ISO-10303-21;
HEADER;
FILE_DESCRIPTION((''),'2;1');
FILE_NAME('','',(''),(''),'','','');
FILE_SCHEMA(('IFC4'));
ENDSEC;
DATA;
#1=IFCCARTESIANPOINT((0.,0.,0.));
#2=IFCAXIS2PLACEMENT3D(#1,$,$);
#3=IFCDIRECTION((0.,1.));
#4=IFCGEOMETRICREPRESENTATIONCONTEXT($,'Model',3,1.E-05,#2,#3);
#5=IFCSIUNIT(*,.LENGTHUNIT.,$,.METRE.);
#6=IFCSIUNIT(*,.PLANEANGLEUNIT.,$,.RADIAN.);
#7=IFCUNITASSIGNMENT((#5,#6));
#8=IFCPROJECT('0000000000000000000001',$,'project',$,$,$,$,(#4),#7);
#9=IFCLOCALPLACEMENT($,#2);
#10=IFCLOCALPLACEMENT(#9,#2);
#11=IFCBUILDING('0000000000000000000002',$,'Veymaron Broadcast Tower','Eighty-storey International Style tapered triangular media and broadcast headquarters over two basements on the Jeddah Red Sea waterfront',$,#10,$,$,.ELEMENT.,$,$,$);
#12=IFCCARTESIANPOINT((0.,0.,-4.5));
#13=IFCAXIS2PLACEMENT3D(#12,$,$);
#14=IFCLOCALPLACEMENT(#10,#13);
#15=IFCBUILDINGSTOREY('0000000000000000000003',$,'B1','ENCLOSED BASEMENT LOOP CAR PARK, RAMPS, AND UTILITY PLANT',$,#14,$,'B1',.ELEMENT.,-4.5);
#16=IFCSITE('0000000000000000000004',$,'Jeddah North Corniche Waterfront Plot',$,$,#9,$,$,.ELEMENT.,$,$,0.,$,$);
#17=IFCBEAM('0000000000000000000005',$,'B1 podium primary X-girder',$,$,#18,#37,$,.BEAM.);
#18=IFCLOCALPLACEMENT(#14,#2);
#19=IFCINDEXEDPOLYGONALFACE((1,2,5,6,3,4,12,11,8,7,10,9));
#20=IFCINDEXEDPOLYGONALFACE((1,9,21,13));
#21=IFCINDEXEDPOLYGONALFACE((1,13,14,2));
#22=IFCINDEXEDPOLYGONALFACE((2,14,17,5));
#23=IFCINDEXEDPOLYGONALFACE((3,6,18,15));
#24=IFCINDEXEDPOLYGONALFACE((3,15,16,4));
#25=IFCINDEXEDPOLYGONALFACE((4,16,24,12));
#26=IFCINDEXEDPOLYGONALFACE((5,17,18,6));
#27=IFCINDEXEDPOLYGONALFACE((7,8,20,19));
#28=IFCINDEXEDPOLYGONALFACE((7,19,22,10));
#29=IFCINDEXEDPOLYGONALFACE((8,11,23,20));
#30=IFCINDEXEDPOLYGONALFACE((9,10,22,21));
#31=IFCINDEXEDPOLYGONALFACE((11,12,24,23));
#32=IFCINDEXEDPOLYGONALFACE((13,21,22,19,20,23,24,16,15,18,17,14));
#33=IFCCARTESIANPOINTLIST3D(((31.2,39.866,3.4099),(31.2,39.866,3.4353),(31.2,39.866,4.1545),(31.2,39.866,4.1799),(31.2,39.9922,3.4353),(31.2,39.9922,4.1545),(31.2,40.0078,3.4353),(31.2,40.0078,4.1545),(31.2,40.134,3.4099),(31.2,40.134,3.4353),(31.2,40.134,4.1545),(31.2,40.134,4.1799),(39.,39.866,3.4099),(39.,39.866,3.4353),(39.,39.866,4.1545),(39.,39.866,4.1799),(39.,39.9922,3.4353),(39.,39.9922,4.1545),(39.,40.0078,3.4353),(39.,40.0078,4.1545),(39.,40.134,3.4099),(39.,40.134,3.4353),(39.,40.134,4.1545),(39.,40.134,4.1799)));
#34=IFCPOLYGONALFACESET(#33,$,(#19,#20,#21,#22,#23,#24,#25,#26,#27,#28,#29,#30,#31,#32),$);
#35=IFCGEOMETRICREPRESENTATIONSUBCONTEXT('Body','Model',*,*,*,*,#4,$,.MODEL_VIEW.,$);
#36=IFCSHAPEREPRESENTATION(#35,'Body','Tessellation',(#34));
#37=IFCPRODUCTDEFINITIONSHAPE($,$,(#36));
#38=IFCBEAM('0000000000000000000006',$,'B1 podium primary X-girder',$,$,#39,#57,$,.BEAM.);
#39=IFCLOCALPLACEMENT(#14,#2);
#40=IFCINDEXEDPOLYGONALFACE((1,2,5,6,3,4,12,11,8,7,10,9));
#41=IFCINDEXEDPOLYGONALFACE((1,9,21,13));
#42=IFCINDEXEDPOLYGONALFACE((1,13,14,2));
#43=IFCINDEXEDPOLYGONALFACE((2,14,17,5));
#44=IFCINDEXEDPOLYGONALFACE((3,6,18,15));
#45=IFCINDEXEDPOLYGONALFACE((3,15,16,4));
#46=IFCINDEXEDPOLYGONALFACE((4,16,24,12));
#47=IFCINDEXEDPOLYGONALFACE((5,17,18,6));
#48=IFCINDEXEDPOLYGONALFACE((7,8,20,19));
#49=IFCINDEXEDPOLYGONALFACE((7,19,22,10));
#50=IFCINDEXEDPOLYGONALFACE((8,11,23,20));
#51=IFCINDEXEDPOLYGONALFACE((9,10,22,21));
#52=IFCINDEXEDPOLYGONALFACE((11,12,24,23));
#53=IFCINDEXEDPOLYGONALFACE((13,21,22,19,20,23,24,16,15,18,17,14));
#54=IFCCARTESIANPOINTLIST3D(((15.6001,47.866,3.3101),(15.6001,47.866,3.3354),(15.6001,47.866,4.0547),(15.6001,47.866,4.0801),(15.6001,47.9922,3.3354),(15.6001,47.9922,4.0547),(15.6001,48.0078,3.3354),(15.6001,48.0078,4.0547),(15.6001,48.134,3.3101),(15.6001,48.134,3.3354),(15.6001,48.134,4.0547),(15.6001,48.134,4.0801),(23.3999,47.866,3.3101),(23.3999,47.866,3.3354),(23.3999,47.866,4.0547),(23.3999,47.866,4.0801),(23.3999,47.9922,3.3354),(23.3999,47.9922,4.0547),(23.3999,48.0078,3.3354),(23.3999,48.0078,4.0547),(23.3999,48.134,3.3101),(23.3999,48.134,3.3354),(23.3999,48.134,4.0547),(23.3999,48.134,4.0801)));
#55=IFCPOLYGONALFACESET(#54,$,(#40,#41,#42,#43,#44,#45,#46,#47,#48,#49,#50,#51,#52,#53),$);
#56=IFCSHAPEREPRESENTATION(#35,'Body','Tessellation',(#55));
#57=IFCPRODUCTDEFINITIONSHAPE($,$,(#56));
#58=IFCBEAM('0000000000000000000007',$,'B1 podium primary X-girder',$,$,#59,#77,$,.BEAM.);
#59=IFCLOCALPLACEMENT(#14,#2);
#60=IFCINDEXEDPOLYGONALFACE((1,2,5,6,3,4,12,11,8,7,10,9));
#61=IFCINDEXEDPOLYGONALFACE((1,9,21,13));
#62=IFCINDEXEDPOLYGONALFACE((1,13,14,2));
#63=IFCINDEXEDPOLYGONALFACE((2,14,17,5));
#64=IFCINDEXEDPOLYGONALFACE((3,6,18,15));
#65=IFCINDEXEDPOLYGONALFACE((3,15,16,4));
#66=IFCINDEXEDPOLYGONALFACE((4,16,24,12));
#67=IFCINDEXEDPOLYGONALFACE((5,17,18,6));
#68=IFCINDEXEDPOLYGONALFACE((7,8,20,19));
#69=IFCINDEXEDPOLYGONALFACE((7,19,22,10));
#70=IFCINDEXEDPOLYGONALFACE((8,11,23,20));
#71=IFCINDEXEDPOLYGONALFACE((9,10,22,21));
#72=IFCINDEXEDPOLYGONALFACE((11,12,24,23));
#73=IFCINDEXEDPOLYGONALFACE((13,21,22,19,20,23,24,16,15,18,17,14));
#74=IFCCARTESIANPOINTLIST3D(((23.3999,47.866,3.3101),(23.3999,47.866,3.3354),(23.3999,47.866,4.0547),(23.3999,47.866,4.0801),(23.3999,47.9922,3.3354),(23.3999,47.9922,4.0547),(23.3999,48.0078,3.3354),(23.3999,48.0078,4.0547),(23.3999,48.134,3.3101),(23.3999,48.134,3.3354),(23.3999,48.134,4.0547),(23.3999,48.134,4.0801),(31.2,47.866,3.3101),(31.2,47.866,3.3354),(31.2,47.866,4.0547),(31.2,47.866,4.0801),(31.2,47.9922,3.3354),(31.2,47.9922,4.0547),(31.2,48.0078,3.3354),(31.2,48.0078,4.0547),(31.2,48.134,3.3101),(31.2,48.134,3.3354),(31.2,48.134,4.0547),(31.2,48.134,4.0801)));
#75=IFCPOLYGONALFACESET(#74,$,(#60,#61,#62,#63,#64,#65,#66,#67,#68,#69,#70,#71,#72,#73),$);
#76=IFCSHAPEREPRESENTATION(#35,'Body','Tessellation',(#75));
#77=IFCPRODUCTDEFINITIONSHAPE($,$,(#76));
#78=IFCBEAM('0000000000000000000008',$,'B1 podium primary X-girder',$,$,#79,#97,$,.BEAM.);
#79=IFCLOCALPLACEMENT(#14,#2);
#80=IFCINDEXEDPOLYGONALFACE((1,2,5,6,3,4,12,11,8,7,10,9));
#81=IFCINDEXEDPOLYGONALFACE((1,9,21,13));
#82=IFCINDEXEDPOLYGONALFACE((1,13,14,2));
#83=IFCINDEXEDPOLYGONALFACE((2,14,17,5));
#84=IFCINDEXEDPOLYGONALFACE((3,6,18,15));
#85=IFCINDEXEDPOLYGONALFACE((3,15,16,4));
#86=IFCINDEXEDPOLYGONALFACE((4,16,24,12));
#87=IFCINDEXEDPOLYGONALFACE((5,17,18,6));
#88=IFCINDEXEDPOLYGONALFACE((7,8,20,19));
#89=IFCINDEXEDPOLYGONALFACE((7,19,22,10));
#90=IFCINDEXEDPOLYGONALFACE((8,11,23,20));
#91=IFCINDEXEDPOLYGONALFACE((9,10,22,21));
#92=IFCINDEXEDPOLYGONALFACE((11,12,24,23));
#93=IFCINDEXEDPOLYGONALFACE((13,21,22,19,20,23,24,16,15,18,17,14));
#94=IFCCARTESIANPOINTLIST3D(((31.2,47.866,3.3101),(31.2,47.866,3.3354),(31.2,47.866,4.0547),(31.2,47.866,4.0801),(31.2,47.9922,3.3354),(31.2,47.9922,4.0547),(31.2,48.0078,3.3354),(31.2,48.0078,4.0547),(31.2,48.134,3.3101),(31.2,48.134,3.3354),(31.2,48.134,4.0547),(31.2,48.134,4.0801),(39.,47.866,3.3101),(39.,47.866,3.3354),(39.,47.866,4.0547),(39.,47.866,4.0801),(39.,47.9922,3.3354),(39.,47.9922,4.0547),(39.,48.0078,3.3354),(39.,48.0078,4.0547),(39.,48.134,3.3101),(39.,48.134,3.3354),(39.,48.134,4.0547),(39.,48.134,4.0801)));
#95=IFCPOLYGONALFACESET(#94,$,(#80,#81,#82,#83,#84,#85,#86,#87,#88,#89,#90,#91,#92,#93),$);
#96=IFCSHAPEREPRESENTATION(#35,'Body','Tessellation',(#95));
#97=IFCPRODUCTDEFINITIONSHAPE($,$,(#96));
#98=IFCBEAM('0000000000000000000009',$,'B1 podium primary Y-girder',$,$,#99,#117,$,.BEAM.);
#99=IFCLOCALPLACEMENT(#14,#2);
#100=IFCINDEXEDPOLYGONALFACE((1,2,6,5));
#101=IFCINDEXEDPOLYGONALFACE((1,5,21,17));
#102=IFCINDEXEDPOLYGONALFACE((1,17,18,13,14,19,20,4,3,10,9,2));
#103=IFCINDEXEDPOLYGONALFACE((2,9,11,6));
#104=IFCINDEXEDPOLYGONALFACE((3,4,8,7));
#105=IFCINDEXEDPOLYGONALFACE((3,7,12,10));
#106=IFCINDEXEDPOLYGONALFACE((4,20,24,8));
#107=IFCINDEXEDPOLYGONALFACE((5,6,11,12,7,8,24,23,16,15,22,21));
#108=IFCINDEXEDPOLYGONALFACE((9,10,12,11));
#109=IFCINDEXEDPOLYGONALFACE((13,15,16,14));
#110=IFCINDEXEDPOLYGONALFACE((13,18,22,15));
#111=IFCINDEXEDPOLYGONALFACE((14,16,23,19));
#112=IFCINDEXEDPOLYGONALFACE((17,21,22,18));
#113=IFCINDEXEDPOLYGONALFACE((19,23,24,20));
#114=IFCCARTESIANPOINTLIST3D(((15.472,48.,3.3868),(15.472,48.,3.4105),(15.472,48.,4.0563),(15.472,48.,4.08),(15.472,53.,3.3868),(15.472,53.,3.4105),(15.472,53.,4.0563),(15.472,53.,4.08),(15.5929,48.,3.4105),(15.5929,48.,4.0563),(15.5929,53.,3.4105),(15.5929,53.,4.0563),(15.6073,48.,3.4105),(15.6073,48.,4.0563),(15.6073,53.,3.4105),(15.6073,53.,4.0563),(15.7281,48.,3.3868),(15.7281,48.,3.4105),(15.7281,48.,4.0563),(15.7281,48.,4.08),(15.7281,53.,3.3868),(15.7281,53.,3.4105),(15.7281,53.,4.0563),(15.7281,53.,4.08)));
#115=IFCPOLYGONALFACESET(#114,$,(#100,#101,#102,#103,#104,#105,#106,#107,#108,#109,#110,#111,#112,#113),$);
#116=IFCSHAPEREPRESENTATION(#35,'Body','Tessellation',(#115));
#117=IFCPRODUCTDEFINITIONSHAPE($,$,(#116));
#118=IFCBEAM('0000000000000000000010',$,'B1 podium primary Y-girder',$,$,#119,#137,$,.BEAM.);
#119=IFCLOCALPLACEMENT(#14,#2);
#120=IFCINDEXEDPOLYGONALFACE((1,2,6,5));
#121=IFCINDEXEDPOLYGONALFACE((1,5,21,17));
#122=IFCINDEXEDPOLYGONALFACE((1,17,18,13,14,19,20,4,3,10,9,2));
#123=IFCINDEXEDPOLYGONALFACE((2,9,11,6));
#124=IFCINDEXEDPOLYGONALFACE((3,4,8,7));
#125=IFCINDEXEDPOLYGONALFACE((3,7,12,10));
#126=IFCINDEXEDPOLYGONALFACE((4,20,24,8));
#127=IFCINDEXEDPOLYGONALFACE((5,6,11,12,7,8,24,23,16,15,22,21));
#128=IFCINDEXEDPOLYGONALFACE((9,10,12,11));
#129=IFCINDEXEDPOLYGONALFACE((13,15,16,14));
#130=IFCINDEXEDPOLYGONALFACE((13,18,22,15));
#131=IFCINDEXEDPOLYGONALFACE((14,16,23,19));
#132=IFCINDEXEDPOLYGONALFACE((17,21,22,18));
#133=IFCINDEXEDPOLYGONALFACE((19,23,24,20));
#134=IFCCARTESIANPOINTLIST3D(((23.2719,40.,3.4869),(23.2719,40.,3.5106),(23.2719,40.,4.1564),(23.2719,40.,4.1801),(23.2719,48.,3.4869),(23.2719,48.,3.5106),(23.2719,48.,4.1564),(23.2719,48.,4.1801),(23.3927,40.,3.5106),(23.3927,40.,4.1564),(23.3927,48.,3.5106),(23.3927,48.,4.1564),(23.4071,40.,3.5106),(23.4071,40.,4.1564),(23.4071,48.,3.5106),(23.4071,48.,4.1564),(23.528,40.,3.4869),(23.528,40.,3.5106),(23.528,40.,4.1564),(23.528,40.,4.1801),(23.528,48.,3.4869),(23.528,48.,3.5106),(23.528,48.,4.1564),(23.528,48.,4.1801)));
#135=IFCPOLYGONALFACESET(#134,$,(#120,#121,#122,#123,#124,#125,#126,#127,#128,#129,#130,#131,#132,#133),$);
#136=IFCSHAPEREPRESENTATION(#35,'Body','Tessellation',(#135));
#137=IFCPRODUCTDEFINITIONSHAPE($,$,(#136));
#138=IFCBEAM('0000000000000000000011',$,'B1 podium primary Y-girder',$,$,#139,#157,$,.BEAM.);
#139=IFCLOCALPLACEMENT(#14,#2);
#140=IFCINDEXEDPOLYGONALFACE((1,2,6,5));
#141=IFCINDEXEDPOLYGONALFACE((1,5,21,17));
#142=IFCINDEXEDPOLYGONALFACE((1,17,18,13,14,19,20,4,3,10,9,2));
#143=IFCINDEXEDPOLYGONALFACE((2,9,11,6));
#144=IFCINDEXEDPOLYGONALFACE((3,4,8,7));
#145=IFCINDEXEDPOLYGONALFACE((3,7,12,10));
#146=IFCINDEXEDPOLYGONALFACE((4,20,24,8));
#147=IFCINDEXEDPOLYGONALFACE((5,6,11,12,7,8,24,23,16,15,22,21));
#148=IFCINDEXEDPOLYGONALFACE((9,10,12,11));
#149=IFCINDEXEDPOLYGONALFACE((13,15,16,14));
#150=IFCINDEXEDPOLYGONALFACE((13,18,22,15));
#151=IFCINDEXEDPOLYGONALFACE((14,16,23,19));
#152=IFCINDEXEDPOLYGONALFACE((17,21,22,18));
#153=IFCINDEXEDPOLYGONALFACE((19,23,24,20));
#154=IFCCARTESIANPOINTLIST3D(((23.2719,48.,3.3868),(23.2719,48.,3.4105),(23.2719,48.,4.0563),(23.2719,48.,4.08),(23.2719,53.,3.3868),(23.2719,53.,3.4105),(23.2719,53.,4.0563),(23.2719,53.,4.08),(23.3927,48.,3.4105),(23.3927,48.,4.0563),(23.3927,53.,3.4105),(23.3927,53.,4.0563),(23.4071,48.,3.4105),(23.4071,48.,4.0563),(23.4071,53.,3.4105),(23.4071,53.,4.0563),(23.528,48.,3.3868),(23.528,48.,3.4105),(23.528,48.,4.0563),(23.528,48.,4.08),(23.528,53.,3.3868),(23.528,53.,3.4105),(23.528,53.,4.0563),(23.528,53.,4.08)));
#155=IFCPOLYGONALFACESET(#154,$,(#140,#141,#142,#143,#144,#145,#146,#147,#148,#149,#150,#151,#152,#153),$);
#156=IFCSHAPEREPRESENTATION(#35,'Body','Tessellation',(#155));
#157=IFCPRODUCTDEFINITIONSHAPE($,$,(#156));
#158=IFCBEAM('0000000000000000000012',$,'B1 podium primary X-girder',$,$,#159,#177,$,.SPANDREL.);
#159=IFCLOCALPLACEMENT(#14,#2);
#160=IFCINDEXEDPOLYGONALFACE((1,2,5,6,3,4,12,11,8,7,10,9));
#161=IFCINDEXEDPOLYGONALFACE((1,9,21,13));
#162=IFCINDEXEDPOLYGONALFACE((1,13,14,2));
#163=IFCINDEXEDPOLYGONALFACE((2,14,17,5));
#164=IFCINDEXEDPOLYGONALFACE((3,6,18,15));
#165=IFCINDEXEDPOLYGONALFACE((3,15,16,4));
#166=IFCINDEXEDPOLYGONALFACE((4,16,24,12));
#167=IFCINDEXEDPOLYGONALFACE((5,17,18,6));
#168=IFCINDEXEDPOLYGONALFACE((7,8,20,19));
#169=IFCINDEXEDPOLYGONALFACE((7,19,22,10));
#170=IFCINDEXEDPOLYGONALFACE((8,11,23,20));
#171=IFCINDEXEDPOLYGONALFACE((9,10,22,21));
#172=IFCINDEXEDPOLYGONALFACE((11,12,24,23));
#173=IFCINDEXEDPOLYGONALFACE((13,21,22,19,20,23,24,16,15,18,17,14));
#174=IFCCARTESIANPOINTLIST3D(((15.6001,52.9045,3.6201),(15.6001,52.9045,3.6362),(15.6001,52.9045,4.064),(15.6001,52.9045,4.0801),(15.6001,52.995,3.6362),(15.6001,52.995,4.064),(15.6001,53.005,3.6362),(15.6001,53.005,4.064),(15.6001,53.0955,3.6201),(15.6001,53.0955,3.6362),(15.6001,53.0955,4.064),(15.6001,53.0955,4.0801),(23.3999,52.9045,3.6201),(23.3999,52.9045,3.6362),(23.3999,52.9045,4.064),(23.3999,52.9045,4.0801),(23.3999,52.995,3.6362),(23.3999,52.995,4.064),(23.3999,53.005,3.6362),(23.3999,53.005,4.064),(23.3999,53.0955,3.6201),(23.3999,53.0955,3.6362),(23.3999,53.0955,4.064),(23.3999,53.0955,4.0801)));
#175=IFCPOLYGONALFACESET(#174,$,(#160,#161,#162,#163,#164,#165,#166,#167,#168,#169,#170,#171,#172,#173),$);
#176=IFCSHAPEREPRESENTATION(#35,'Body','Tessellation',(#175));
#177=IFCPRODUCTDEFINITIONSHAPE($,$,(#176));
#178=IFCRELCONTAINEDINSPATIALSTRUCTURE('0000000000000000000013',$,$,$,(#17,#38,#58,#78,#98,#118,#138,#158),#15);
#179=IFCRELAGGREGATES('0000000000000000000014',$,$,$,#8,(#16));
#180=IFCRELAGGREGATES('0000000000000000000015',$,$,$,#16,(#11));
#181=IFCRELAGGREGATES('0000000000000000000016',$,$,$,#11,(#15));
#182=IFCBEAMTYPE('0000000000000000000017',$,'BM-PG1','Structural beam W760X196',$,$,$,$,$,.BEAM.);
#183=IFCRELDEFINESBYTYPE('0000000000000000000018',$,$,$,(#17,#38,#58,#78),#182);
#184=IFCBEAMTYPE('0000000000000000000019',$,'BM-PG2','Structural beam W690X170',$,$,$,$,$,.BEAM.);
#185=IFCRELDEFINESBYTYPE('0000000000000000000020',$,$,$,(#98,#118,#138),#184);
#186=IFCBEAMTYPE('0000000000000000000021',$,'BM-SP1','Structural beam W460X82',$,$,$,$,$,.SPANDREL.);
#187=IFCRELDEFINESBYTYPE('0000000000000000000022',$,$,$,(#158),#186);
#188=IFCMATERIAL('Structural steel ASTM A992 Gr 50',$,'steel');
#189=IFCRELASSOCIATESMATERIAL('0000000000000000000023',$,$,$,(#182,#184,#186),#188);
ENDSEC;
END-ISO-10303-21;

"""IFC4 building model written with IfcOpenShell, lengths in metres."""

from ifc_helpers import new_model, si_unit, direction, frame, origin, origin_2d, place, context, subcontext, project, spatial, i_section, extrude, material, material_profile, profile_set, type_object, element, save


model = new_model("IFC4")

# Units and contexts
model_context = context("Model", 3, precision=1e-05, world=origin(), true_north=direction((0.0, 1.0)))
body_context = subcontext(model_context, "Body", "Model", "MODEL_VIEW")
ifc_project = project(units=[si_unit("LENGTHUNIT", "METRE"), si_unit("PLANEANGLEUNIT", "RADIAN")], contexts=[model_context])

# Site, building, storey
site_placement = place(None, origin())
site = spatial("IfcSite", under=ifc_project, at=site_placement, Name="Jeddah North Corniche Waterfront Plot", CompositionType="ELEMENT", RefElevation=0.0)
building_placement = place(site_placement, origin())
building = spatial("IfcBuilding", under=site, at=building_placement, Name="Veymaron Broadcast Tower", Description="Eighty-storey International Style tapered triangular media and broadcast headquarters over two basements on the Jeddah Red Sea waterfront", CompositionType="ELEMENT")
storey_placement = place(building_placement, frame((0.0, 0.0, -4.5)))
storey = spatial("IfcBuildingStorey", under=building, at=storey_placement, Name="B1", Description="ENCLOSED BASEMENT LOOP CAR PARK, RAMPS, AND UTILITY PLANT", LongName="B1", CompositionType="ELEMENT", Elevation=-4.5)

# Beams
ifc_material_1 = material(Name="Structural steel ASTM A992 Gr 50", Category="steel")
ifc_material_profile_1 = material_profile(ifc_material_1, i_section(OverallWidth=0.2681, OverallDepth=0.77, WebThickness=0.0156, FlangeThickness=0.0254, at=origin_2d()), Name="W760X196")
ifc_profile_set_1 = profile_set([ifc_material_profile_1], Name="Structural steel ASTM A992 Gr 50")
beam_type_1 = type_object("IfcBeamType", Name="BM-PG1", Description="Structural beam W760X196", PredefinedType="BEAM", material=ifc_profile_set_1)
for number, where, z_axis, x_axis, name in (
    (1, (31.2, 40.0, 3.7949), (1.0, 0.0, 0.0), (0.0, 1.0, 0.0), "B1 podium primary X-girder"),
):
    element("IfcBeam", number, at=place(storey_placement, frame(where, z_axis=z_axis, x_axis=x_axis)), inside=storey, type_object=beam_type_1, Name=name, PredefinedType="BEAM", context=body_context, shape_type="SweptSolid", body=[
        extrude(i_section(OverallWidth=0.2681, OverallDepth=0.77, WebThickness=0.0156, FlangeThickness=0.0254, at=origin_2d()), origin(), (0.0, 0.0, 1.0), 7.8),
    ])
beam_1_placement = place(storey_placement, frame((15.6001, 48.0, 3.6951), z_axis=(1.0, 0.0, 0.0), x_axis=(0.0, 1.0, 0.0)))
element("IfcBeam", 2, at=beam_1_placement, inside=storey, type_object=beam_type_1, Name="B1 podium primary X-girder", PredefinedType="BEAM", context=body_context, shape_type="SweptSolid", body=[
    extrude(i_section(OverallWidth=0.2681, OverallDepth=0.77, WebThickness=0.0156, FlangeThickness=0.0254, at=origin_2d()), origin(), (0.0, 0.0, 1.0), 7.7998),
])
for number, where, z_axis, x_axis, name in (
    (3, (23.3999, 48.0, 3.6951), (1.0, 0.0, 0.0), (0.0, 1.0, 0.0), "B1 podium primary X-girder"),
    (4, (31.2, 48.0, 3.6951), (1.0, 0.0, 0.0), (0.0, 1.0, 0.0), "B1 podium primary X-girder"),
):
    element("IfcBeam", number, at=place(storey_placement, frame(where, z_axis=z_axis, x_axis=x_axis)), inside=storey, type_object=beam_type_1, Name=name, PredefinedType="BEAM", context=body_context, shape_type="SweptSolid", body=[
        extrude(i_section(OverallWidth=0.2681, OverallDepth=0.77, WebThickness=0.0156, FlangeThickness=0.0254, at=origin_2d()), origin(), (0.0, 0.0, 1.0), 7.8),
    ])
ifc_material_profile_2 = material_profile(ifc_material_1, i_section(OverallWidth=0.2561, OverallDepth=0.6931, WebThickness=0.0144, FlangeThickness=0.0237, at=origin_2d()), Name="W690X170")
ifc_profile_set_2 = profile_set([ifc_material_profile_2], Name="Structural steel ASTM A992 Gr 50")
beam_type_2 = type_object("IfcBeamType", Name="BM-PG2", Description="Structural beam W690X170", PredefinedType="BEAM", material=ifc_profile_set_2)
beam_2_placement = place(storey_placement, frame((15.6001, 48.0, 3.7334), z_axis=(0.0, 1.0, 0.0), x_axis=(-1.0, 0.0, 0.0)))
element("IfcBeam", 5, at=beam_2_placement, inside=storey, type_object=beam_type_2, Name="B1 podium primary Y-girder", PredefinedType="BEAM", context=body_context, shape_type="SweptSolid", body=[
    extrude(i_section(OverallWidth=0.2561, OverallDepth=0.6931, WebThickness=0.0144, FlangeThickness=0.0237, at=origin_2d()), origin(), (0.0, 0.0, 1.0), 5.0),
])
beam_3_placement = place(storey_placement, frame((23.3999, 40.0, 3.8335), z_axis=(0.0, 1.0, 0.0), x_axis=(-1.0, 0.0, 0.0)))
element("IfcBeam", 6, at=beam_3_placement, inside=storey, type_object=beam_type_2, Name="B1 podium primary Y-girder", PredefinedType="BEAM", context=body_context, shape_type="SweptSolid", body=[
    extrude(i_section(OverallWidth=0.2561, OverallDepth=0.6931, WebThickness=0.0144, FlangeThickness=0.0237, at=origin_2d()), origin(), (0.0, 0.0, 1.0), 8.0),
])
beam_4_placement = place(storey_placement, frame((23.3999, 48.0, 3.7334), z_axis=(0.0, 1.0, 0.0), x_axis=(-1.0, 0.0, 0.0)))
element("IfcBeam", 7, at=beam_4_placement, inside=storey, type_object=beam_type_2, Name="B1 podium primary Y-girder", PredefinedType="BEAM", context=body_context, shape_type="SweptSolid", body=[
    extrude(i_section(OverallWidth=0.2561, OverallDepth=0.6931, WebThickness=0.0144, FlangeThickness=0.0237, at=origin_2d()), origin(), (0.0, 0.0, 1.0), 5.0),
])
ifc_material_profile_3 = material_profile(ifc_material_1, i_section(OverallWidth=0.1909, OverallDepth=0.46, WebThickness=0.01, FlangeThickness=0.0161, at=origin_2d()), Name="W460X82")
ifc_profile_set_3 = profile_set([ifc_material_profile_3], Name="Structural steel ASTM A992 Gr 50")
beam_type_3 = type_object("IfcBeamType", Name="BM-SP1", Description="Structural beam W460X82", PredefinedType="SPANDREL", material=ifc_profile_set_3)
beam_5_placement = place(storey_placement, frame((15.6001, 53.0, 3.8501), z_axis=(1.0, 0.0, 0.0), x_axis=(0.0, 1.0, 0.0)))
element("IfcBeam", 8, at=beam_5_placement, inside=storey, type_object=beam_type_3, Name="B1 podium primary X-girder", PredefinedType="SPANDREL", context=body_context, shape_type="SweptSolid", body=[
    extrude(i_section(OverallWidth=0.1909, OverallDepth=0.46, WebThickness=0.01, FlangeThickness=0.0161, at=origin_2d()), origin(), (0.0, 0.0, 1.0), 7.7998),
])

save(model, "model.ifc")
